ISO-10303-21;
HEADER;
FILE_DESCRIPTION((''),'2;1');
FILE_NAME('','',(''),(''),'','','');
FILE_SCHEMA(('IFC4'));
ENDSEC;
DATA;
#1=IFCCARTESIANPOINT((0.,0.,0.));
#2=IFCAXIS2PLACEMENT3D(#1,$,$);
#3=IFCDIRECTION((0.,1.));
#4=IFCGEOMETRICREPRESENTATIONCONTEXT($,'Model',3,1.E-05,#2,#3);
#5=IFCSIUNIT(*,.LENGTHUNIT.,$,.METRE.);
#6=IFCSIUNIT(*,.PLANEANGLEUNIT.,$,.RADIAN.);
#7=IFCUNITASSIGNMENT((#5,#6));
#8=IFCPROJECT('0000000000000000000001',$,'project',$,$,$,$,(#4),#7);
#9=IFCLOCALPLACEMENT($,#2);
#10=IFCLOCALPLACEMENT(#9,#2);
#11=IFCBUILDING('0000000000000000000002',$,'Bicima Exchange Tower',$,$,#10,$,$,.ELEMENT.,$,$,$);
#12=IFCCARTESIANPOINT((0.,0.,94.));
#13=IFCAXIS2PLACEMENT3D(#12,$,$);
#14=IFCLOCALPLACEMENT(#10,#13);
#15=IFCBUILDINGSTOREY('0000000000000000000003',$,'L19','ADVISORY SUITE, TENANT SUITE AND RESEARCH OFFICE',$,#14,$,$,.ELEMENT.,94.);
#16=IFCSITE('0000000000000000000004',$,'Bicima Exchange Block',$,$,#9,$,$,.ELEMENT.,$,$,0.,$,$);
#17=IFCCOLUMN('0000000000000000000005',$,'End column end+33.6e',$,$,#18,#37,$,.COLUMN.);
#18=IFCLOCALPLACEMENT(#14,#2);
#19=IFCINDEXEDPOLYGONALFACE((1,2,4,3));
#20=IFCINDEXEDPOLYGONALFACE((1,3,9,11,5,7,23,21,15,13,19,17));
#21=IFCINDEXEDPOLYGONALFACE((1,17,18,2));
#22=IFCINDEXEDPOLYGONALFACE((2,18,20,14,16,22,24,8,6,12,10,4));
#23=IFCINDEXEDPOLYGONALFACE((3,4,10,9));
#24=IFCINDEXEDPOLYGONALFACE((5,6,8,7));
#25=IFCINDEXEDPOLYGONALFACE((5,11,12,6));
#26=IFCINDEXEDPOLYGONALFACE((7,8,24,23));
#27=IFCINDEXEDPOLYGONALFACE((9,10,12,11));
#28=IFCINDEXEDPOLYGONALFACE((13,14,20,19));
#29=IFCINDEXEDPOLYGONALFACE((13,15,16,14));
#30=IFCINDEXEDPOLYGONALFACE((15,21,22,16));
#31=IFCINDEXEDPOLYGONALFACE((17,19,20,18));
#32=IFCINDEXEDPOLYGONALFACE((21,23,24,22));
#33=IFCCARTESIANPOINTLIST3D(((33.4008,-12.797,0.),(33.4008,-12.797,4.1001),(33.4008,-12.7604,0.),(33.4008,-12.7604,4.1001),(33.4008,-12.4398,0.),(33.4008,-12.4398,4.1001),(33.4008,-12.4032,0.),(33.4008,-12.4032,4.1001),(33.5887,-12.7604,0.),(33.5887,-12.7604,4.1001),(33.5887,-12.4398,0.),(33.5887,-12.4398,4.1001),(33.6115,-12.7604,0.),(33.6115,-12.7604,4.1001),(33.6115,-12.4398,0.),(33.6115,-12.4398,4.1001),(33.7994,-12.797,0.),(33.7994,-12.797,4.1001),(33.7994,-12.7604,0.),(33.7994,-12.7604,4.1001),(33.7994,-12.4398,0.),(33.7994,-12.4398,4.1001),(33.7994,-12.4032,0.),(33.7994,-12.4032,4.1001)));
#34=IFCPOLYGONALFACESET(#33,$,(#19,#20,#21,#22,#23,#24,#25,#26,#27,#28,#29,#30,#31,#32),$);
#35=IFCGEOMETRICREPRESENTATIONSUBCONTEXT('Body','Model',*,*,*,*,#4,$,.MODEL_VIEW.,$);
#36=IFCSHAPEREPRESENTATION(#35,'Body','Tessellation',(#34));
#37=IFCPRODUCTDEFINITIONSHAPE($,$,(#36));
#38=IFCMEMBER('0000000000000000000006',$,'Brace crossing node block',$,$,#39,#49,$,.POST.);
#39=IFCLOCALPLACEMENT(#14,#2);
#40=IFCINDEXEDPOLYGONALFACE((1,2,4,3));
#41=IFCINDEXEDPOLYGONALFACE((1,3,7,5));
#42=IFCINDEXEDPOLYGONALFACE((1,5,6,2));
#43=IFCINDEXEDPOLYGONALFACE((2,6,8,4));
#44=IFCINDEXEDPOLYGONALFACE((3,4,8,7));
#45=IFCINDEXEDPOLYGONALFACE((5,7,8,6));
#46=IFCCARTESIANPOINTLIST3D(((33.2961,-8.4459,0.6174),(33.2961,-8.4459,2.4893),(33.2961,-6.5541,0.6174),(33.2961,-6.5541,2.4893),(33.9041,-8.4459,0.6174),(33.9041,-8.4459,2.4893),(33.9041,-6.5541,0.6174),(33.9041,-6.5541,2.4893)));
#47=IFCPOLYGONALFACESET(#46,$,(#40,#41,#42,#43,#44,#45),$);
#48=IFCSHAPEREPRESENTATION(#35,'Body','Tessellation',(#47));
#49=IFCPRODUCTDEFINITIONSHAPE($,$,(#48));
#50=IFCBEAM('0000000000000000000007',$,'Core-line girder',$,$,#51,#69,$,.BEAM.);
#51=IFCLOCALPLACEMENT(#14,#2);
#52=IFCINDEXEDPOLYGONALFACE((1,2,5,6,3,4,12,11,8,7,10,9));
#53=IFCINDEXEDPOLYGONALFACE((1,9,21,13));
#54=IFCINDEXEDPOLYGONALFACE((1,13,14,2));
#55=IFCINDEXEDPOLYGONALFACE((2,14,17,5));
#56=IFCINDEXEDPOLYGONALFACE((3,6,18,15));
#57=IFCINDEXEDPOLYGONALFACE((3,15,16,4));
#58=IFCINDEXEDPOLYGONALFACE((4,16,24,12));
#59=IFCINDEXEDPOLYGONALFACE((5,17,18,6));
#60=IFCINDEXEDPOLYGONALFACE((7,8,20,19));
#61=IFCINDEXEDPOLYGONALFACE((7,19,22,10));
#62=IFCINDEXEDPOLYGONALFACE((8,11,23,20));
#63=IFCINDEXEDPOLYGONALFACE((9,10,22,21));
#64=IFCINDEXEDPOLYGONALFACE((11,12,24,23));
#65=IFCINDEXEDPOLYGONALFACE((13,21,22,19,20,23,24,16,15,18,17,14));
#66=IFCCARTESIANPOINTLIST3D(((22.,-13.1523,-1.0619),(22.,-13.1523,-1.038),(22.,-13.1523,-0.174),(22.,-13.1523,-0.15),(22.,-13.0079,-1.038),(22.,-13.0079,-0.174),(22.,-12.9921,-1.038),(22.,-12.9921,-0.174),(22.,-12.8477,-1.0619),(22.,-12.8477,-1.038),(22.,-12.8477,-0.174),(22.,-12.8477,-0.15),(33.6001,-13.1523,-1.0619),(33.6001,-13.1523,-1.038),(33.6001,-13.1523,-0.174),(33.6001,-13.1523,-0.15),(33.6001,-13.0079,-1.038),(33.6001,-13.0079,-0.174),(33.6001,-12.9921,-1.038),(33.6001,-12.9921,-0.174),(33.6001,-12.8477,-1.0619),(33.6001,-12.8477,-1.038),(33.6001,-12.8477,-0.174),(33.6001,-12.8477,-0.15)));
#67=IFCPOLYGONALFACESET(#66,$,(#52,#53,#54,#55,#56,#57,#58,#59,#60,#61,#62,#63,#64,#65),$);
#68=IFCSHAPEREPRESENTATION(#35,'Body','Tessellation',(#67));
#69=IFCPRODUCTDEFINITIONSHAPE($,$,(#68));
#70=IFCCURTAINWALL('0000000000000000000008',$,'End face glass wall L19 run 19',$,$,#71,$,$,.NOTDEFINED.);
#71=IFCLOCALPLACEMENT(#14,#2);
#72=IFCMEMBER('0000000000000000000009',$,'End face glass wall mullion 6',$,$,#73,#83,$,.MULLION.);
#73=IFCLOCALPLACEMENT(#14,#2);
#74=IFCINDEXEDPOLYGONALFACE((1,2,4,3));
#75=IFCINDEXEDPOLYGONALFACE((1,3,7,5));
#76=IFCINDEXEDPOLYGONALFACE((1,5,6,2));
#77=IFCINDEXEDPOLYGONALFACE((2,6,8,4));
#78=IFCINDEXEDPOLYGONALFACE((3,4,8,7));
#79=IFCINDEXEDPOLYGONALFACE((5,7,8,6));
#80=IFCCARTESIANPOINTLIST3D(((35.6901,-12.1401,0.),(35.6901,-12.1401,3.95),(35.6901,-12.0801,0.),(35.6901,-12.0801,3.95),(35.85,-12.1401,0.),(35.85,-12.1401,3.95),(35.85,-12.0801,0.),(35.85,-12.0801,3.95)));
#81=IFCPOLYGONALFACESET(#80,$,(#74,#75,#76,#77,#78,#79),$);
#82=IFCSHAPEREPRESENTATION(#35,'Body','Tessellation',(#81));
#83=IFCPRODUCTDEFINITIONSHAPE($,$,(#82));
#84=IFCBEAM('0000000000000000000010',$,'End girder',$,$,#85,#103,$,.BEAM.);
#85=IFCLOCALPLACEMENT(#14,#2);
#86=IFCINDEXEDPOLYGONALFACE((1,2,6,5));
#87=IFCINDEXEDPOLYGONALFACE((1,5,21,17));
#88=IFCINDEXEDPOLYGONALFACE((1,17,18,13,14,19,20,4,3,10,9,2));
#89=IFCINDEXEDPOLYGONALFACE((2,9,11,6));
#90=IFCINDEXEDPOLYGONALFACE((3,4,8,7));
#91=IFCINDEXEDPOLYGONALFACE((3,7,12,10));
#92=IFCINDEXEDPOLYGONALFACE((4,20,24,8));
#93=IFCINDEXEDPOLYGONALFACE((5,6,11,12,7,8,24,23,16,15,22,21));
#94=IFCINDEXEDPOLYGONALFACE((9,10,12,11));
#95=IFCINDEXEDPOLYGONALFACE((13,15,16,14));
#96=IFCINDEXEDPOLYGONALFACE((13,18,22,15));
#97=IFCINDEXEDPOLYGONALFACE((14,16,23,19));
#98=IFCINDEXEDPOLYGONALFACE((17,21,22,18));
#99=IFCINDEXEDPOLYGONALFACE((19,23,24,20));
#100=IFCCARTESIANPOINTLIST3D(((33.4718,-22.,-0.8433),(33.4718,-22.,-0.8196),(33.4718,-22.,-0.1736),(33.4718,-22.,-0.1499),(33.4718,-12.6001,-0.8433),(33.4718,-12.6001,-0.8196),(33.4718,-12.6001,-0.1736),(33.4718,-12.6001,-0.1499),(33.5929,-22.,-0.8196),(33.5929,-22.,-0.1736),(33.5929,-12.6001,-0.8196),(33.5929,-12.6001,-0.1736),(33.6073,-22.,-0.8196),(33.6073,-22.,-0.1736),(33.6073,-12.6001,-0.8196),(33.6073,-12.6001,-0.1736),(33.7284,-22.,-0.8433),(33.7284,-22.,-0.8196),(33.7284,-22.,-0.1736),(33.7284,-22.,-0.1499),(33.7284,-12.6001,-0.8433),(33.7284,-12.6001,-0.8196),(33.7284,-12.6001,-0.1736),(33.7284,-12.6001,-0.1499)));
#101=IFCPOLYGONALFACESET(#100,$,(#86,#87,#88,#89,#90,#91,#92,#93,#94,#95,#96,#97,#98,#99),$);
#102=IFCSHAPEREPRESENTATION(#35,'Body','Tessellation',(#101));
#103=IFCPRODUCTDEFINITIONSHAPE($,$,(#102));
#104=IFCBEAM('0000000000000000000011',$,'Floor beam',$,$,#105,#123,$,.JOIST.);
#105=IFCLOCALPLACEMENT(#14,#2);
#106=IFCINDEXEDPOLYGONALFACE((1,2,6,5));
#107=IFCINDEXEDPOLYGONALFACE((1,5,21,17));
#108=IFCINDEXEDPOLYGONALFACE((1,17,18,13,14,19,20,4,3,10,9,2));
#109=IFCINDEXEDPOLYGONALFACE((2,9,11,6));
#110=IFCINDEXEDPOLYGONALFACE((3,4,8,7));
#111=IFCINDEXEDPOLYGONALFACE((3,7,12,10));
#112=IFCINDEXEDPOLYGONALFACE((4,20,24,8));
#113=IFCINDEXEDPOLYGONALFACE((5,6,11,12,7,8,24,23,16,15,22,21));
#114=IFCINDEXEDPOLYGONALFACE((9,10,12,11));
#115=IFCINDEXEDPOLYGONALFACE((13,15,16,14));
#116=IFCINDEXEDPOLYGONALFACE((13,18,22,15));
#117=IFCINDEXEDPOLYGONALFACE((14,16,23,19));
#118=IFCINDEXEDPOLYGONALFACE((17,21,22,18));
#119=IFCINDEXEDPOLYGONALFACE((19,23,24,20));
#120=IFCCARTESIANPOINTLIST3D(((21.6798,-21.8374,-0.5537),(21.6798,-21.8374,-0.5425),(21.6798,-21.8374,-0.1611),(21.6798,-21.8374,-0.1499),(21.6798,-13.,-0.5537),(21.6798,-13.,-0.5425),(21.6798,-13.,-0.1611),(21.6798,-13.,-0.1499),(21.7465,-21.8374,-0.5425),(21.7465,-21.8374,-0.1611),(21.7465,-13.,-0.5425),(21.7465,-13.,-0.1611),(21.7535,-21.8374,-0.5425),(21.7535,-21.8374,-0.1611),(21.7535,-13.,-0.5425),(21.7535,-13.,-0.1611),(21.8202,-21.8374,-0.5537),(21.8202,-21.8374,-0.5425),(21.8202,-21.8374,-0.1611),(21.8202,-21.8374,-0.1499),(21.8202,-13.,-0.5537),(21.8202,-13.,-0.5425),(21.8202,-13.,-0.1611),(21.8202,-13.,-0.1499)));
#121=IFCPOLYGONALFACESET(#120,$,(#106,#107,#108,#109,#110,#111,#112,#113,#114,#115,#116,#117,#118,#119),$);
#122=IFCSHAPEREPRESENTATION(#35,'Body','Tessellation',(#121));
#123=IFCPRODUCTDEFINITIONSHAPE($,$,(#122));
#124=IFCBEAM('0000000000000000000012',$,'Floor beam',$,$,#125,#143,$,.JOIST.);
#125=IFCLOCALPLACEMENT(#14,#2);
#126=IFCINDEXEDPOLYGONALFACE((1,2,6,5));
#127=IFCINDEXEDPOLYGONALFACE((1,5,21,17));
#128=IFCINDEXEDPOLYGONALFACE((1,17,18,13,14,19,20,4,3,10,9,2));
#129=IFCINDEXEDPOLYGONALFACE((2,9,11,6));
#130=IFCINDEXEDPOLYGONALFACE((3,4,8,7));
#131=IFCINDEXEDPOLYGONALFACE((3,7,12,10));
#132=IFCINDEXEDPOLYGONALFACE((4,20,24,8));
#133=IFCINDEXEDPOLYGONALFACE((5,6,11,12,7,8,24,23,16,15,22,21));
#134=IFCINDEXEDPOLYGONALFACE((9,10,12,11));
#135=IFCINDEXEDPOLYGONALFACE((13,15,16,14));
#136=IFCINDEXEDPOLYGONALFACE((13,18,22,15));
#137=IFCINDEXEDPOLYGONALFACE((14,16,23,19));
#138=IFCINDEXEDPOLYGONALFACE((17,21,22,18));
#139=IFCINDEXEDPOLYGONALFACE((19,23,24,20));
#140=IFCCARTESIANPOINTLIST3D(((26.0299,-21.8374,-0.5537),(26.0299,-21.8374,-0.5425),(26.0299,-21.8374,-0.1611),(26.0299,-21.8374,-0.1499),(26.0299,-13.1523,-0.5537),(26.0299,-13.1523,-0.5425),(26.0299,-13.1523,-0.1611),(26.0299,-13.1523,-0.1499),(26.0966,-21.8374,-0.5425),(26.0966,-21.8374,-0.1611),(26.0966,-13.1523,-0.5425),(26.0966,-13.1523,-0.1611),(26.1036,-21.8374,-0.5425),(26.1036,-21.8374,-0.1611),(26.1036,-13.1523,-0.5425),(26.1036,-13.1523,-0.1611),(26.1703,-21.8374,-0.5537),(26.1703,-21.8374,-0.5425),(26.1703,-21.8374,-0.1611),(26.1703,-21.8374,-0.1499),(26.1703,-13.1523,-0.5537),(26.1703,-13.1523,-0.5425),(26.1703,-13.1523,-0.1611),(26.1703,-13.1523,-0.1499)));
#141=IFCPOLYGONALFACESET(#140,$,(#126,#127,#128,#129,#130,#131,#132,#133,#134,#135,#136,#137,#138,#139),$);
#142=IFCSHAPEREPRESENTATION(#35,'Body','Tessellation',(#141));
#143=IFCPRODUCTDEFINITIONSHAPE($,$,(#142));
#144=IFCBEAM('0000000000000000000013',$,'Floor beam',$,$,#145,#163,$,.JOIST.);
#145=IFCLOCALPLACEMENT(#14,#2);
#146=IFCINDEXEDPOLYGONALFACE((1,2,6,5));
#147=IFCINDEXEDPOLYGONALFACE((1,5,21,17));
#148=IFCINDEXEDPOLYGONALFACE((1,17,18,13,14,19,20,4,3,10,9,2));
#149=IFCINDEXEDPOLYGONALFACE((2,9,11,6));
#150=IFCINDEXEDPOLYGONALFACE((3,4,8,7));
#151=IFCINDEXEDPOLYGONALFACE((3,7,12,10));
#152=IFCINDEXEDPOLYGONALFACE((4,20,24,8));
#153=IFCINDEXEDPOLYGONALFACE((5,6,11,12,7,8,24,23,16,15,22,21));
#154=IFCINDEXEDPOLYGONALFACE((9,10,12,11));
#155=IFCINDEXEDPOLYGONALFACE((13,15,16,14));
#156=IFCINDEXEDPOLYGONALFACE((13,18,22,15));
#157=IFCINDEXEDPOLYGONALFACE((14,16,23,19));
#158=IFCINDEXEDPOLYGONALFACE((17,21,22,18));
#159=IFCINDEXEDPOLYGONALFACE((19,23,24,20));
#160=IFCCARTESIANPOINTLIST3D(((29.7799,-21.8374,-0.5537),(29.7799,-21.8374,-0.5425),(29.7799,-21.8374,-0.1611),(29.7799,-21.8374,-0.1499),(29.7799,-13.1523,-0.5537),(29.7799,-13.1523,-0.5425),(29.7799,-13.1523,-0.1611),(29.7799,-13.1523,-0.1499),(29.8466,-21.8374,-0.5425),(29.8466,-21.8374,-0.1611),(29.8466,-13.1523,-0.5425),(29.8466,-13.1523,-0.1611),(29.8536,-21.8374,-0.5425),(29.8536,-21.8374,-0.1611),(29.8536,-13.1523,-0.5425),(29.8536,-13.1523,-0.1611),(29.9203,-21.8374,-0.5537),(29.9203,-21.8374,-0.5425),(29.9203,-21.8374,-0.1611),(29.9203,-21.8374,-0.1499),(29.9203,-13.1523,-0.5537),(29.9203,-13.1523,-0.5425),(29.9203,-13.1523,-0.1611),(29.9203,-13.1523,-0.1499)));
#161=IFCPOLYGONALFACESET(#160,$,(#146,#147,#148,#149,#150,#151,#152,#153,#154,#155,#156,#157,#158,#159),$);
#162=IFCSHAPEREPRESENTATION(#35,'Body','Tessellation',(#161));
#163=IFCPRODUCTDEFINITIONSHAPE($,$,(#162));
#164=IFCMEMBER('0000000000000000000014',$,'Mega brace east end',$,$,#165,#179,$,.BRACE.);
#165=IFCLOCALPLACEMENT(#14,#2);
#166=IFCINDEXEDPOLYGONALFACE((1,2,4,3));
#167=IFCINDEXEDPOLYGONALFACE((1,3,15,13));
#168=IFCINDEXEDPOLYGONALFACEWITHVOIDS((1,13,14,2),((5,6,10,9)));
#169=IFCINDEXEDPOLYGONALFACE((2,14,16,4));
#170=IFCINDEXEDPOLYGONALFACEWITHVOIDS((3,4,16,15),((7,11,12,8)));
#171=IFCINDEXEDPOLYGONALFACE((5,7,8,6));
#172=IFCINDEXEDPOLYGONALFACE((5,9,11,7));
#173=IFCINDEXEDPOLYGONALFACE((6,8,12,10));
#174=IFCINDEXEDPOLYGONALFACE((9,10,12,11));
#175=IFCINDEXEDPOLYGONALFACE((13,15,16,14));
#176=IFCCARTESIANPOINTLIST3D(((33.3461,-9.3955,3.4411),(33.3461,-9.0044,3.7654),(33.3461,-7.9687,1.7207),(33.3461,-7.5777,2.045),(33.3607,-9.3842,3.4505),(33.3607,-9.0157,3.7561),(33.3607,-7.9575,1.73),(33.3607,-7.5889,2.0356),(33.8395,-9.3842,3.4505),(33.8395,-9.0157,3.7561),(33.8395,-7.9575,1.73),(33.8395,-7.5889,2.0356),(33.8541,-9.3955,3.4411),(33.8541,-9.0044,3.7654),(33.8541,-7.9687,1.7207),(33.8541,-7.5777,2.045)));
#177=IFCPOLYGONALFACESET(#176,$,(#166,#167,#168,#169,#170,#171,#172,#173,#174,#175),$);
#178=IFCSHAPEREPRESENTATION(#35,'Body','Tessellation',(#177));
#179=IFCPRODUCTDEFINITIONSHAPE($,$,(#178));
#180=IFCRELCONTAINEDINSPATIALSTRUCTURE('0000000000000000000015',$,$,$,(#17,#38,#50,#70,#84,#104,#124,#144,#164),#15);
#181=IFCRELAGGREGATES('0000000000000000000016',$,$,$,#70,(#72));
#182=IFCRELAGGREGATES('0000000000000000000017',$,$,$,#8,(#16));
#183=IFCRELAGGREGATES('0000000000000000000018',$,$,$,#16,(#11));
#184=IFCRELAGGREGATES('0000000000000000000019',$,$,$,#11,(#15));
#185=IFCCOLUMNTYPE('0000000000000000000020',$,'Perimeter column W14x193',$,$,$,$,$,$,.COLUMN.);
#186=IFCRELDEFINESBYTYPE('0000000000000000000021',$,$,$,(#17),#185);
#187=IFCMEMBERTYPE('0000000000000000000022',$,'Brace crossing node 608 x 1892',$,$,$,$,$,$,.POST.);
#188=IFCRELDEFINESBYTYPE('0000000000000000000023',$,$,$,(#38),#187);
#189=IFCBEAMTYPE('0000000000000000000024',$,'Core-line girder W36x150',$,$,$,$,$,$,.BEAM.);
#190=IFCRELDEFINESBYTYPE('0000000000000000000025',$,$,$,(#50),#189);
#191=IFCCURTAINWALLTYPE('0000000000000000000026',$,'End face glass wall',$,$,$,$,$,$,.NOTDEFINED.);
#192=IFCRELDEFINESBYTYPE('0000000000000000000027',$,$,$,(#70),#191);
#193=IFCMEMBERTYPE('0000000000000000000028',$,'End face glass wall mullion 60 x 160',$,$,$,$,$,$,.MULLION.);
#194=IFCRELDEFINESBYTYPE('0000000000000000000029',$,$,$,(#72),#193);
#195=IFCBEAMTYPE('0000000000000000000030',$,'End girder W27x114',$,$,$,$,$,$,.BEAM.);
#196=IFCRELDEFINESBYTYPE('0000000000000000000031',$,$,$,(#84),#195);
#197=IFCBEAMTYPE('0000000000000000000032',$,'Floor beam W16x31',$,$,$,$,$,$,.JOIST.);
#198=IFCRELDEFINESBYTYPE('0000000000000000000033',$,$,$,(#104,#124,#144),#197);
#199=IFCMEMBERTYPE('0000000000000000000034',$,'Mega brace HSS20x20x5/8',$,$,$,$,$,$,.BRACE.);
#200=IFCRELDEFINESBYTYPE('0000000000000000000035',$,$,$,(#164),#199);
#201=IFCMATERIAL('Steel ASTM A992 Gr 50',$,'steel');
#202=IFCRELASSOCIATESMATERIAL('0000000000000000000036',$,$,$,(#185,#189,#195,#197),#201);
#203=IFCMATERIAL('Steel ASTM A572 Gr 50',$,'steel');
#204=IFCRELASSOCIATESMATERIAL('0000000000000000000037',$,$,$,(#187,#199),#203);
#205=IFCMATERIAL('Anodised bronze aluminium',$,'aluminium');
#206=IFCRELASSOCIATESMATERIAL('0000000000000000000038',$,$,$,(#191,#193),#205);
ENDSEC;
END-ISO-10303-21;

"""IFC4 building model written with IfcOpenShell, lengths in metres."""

from ifc_helpers import new_model, si_unit, direction, frame, origin, origin_2d, place, context, subcontext, project, spatial, rectangle, hollow_rectangle, i_section, extrude, material, material_profile, profile_set, type_object, element, aggregate, save


model = new_model("IFC4")

# Units and contexts
model_context = context("Model", 3, precision=1e-05, world=origin(), true_north=direction((0.0, 1.0)))
body_context = subcontext(model_context, "Body", "Model", "MODEL_VIEW")
ifc_project = project(units=[si_unit("LENGTHUNIT", "METRE"), si_unit("PLANEANGLEUNIT", "RADIAN")], contexts=[model_context])

# Site, building, storey
site_placement = place(None, origin())
site = spatial("IfcSite", under=ifc_project, at=site_placement, Name="Bicima Exchange Block", CompositionType="ELEMENT", RefElevation=0.0)
building_placement = place(site_placement, origin())
building = spatial("IfcBuilding", under=site, at=building_placement, Name="Bicima Exchange Tower", CompositionType="ELEMENT")
storey_placement = place(building_placement, frame((0.0, 0.0, 94.0)))
storey = spatial("IfcBuildingStorey", under=building, at=storey_placement, Name="L19", Description="ADVISORY SUITE, TENANT SUITE AND RESEARCH OFFICE", CompositionType="ELEMENT", Elevation=94.0)

# Column
ifc_material_1 = material(Name="Steel ASTM A992 Gr 50", Category="steel")
ifc_material_profile_1 = material_profile(ifc_material_1, i_section(OverallWidth=0.3987, OverallDepth=0.3938, WebThickness=0.0227, FlangeThickness=0.0366, at=origin_2d()))
ifc_profile_set_1 = profile_set([ifc_material_profile_1], Name="Steel ASTM A992 Gr 50")
column_type = type_object("IfcColumnType", Name="Perimeter column W14x193", PredefinedType="COLUMN", material=ifc_profile_set_1)
column_placement = place(storey_placement, frame((33.6001, -12.6001, 0.0), z_axis=(0.0, 0.0, 1.0), x_axis=(1.0, 0.0, 0.0)))
element("IfcColumn", 1, at=column_placement, inside=storey, type_object=column_type, Name="End column end+33.6e", PredefinedType="COLUMN", context=body_context, shape_type="SweptSolid", body=[
    extrude(i_section(OverallWidth=0.3987, OverallDepth=0.3938, WebThickness=0.0227, FlangeThickness=0.0366, at=origin_2d()), origin(), (0.0, 0.0, 1.0), 4.1001),
])

# Member
ifc_material_2 = material(Name="Steel ASTM A572 Gr 50", Category="steel")
ifc_material_profile_2 = material_profile(ifc_material_2, rectangle(XDim=0.6079, YDim=1.8918, at=origin_2d()))
ifc_profile_set_2 = profile_set([ifc_material_profile_2], Name="Steel ASTM A572 Gr 50")
member_type_1 = type_object("IfcMemberType", Name="Brace crossing node 608 x 1892", PredefinedType="POST", material=ifc_profile_set_2)
member_1_placement = place(storey_placement, frame((33.6001, -7.5, 0.6174), z_axis=(0.0, 0.0, 1.0), x_axis=(1.0, 0.0, 0.0)))
element("IfcMember", 2, at=member_1_placement, inside=storey, type_object=member_type_1, Name="Brace crossing node block", PredefinedType="POST", context=body_context, shape_type="SweptSolid", body=[
    extrude(rectangle(XDim=0.6079, YDim=1.8918, at=origin_2d()), origin(), (0.0, 0.0, 1.0), 1.8718),
])

# Beam
ifc_material_profile_3 = material_profile(ifc_material_1, i_section(OverallWidth=0.3047, OverallDepth=0.9119, WebThickness=0.0159, FlangeThickness=0.0239, at=origin_2d()))
ifc_profile_set_3 = profile_set([ifc_material_profile_3], Name="Steel ASTM A992 Gr 50")
beam_type_1 = type_object("IfcBeamType", Name="Core-line girder W36x150", PredefinedType="BEAM", material=ifc_profile_set_3)
beam_1_placement = place(storey_placement, frame((22.0, -13.0, -0.606), z_axis=(1.0, 0.0, 0.0), x_axis=(0.0, 1.0, 0.0)))
element("IfcBeam", 3, at=beam_1_placement, inside=storey, type_object=beam_type_1, Name="Core-line girder", PredefinedType="BEAM", context=body_context, shape_type="SweptSolid", body=[
    extrude(i_section(OverallWidth=0.3047, OverallDepth=0.9119, WebThickness=0.0159, FlangeThickness=0.0239, at=origin_2d()), origin(), (0.0, 0.0, 1.0), 11.6001),
])

# Curtain wall, member
ifc_material_3 = material(Name="Anodised bronze aluminium", Category="aluminium")
curtain_wall_type = type_object("IfcCurtainWallType", Name="End face glass wall", PredefinedType="NOTDEFINED", material=ifc_material_3)
curtain_wall_placement = place(storey_placement, origin())
curtain_wall = element("IfcCurtainWall", 4, at=curtain_wall_placement, inside=storey, type_object=curtain_wall_type, Name="End face glass wall L19 run 19", PredefinedType="NOTDEFINED")
ifc_material_profile_4 = material_profile(ifc_material_3, rectangle(XDim=0.1599, YDim=0.0601, at=origin_2d()))
ifc_profile_set_4 = profile_set([ifc_material_profile_4], Name="Anodised bronze aluminium")
member_type_2 = type_object("IfcMemberType", Name="End face glass wall mullion 60 x 160", PredefinedType="MULLION", material=ifc_profile_set_4)
member_2_placement = place(storey_placement, frame((35.77, -12.1101, 0.0), z_axis=(0.0, 0.0, 1.0), x_axis=(-1.0, 0.0, 0.0)))
member_2 = element("IfcMember", 5, at=member_2_placement, type_object=member_type_2, Name="End face glass wall mullion 6", PredefinedType="MULLION", context=body_context, shape_type="SweptSolid", body=[
    extrude(rectangle(XDim=0.1599, YDim=0.0601, at=origin_2d()), origin(), (0.0, 0.0, 1.0), 3.95),
])

# Beams
ifc_material_profile_5 = material_profile(ifc_material_1, i_section(OverallWidth=0.2566, OverallDepth=0.6934, WebThickness=0.0144, FlangeThickness=0.0237, at=origin_2d()))
ifc_profile_set_5 = profile_set([ifc_material_profile_5], Name="Steel ASTM A992 Gr 50")
beam_type_2 = type_object("IfcBeamType", Name="End girder W27x114", PredefinedType="BEAM", material=ifc_profile_set_5)
beam_2_placement = place(storey_placement, frame((33.6001, -12.6001, -0.4966), z_axis=(0.0, -1.0, 0.0), x_axis=(1.0, 0.0, 0.0)))
element("IfcBeam", 6, at=beam_2_placement, inside=storey, type_object=beam_type_2, Name="End girder", PredefinedType="BEAM", context=body_context, shape_type="SweptSolid", body=[
    extrude(i_section(OverallWidth=0.2566, OverallDepth=0.6934, WebThickness=0.0144, FlangeThickness=0.0237, at=origin_2d()), origin(), (0.0, 0.0, 1.0), 9.3999),
])
ifc_material_profile_6 = material_profile(ifc_material_1, i_section(OverallWidth=0.1404, OverallDepth=0.4038, WebThickness=0.0071, FlangeThickness=0.0112, at=origin_2d()))
ifc_profile_set_6 = profile_set([ifc_material_profile_6], Name="Steel ASTM A992 Gr 50")
beam_type_3 = type_object("IfcBeamType", Name="Floor beam W16x31", PredefinedType="JOIST", material=ifc_profile_set_6)
beam_3_placement = place(storey_placement, frame((21.75, -13.0, -0.3518), z_axis=(0.0, -1.0, 0.0), x_axis=(1.0, 0.0, 0.0)))
element("IfcBeam", 7, at=beam_3_placement, inside=storey, type_object=beam_type_3, Name="Floor beam", PredefinedType="JOIST", context=body_context, shape_type="SweptSolid", body=[
    extrude(i_section(OverallWidth=0.1404, OverallDepth=0.4038, WebThickness=0.0071, FlangeThickness=0.0112, at=origin_2d()), origin(), (0.0, 0.0, 1.0), 8.8374),
])
for number, where, z_axis, x_axis, name in (
    (8, (26.1001, -13.1523, -0.3518), (0.0, -1.0, 0.0), (1.0, 0.0, 0.0), "Floor beam"),
    (9, (29.8501, -13.1523, -0.3518), (0.0, -1.0, 0.0), (1.0, 0.0, 0.0), "Floor beam"),
):
    element("IfcBeam", number, at=place(storey_placement, frame(where, z_axis=z_axis, x_axis=x_axis)), inside=storey, type_object=beam_type_3, Name=name, PredefinedType="JOIST", context=body_context, shape_type="SweptSolid", body=[
        extrude(i_section(OverallWidth=0.1404, OverallDepth=0.4038, WebThickness=0.0071, FlangeThickness=0.0112, at=origin_2d()), origin(), (0.0, 0.0, 1.0), 8.6851),
    ])

# Member
ifc_material_profile_7 = material_profile(ifc_material_2, hollow_rectangle(XDim=0.5081, YDim=0.5081, WallThickness=0.0146, at=origin_2d()))
ifc_profile_set_7 = profile_set([ifc_material_profile_7], Name="Steel ASTM A572 Gr 50")
member_type_3 = type_object("IfcMemberType", Name="Mega brace HSS20x20x5/8", PredefinedType="BRACE", material=ifc_profile_set_7)
for number, where, z_axis, x_axis, name in (
    (10, (33.6001, -7.7732, 1.8828), (0.0, -0.638345, 0.76975), (1.0, 0.0, 0.0), "Mega brace east end"),
):
    element("IfcMember", number, at=place(storey_placement, frame(where, z_axis=z_axis, x_axis=x_axis)), inside=storey, type_object=member_type_3, Name=name, PredefinedType="BRACE", context=body_context, shape_type="SweptSolid", body=[
        extrude(hollow_rectangle(XDim=0.5081, YDim=0.5081, WallThickness=0.0146, at=origin_2d()), origin(), (0.0, 0.0, 1.0), 2.2351),
    ])

aggregate(curtain_wall, [member_2])

save(model, "model.ifc")
